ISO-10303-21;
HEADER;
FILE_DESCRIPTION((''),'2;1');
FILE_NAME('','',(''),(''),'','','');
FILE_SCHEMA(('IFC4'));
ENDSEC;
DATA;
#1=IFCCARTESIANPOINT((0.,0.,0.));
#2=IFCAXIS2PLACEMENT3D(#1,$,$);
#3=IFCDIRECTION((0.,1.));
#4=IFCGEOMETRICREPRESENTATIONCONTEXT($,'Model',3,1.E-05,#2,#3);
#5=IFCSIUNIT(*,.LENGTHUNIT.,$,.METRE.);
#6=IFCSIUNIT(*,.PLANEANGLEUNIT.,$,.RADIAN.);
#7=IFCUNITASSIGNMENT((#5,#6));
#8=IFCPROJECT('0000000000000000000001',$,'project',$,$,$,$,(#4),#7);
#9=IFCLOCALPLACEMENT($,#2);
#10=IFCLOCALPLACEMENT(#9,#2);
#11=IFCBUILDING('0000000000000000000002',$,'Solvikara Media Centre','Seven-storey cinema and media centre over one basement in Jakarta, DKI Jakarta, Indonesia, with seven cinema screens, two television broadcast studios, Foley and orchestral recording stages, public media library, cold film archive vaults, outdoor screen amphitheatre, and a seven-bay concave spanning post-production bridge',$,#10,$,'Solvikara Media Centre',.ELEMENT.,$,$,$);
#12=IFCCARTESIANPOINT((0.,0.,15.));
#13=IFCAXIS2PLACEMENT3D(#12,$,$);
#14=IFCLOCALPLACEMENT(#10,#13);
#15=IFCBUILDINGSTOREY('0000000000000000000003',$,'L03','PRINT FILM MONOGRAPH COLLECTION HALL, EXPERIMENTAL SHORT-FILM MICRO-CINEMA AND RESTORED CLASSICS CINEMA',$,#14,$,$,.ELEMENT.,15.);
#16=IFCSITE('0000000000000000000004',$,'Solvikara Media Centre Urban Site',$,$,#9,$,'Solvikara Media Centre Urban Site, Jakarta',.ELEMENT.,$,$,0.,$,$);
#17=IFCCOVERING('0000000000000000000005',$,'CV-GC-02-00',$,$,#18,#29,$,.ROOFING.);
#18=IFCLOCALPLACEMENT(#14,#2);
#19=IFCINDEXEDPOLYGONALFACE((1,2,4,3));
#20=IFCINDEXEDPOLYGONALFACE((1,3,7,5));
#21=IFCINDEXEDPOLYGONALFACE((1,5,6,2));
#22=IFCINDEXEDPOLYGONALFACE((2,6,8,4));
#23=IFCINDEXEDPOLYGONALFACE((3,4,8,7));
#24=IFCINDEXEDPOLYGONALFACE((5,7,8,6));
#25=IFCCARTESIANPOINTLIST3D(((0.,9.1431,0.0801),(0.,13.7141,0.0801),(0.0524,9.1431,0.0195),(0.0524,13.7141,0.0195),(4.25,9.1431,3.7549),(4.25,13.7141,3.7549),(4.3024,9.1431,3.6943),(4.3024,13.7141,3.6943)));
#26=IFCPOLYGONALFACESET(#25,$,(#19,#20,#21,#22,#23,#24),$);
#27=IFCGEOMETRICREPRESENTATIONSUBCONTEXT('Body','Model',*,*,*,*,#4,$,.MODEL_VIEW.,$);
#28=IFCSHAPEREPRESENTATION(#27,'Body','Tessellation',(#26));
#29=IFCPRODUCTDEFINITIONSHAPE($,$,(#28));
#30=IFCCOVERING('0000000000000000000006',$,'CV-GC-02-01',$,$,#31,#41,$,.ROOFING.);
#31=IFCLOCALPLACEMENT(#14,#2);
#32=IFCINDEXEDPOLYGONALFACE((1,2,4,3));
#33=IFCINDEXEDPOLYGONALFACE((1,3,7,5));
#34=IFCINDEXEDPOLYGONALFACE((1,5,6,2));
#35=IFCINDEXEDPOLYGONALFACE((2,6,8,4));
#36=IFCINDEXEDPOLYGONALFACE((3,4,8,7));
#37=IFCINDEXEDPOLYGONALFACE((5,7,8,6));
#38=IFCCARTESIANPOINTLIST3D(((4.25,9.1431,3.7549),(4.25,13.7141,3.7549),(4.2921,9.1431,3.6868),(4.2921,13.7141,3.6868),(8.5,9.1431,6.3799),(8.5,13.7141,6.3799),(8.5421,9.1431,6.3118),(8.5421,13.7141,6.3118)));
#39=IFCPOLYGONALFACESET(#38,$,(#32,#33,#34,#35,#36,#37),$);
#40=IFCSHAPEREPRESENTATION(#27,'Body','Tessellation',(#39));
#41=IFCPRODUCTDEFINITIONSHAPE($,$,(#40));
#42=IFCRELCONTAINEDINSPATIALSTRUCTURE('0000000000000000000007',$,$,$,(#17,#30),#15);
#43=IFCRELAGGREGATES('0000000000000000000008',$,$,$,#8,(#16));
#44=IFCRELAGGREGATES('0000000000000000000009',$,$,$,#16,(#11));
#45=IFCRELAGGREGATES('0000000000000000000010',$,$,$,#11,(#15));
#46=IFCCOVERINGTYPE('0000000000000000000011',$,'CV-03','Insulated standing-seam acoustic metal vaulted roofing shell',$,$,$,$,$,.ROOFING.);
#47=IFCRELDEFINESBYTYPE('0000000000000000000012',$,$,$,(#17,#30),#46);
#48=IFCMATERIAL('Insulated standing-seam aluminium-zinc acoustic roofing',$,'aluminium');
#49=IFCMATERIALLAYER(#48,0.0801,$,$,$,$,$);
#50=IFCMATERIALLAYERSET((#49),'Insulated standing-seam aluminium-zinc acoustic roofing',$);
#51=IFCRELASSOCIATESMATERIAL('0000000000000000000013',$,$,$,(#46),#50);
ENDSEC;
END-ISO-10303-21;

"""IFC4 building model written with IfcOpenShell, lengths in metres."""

from ifc_helpers import new_model, si_unit, direction, frame, origin, place, context, subcontext, project, spatial, polyline, outline, extrude, material, layer, layer_set, type_object, element, save


model = new_model("IFC4")

# Units and contexts
model_context = context("Model", 3, precision=1e-05, world=origin(), true_north=direction((0.0, 1.0)))
body_context = subcontext(model_context, "Body", "Model", "MODEL_VIEW")
ifc_project = project(units=[si_unit("LENGTHUNIT", "METRE"), si_unit("PLANEANGLEUNIT", "RADIAN")], contexts=[model_context])

# Site, building, storey
site_placement = place(None, origin())
site = spatial("IfcSite", under=ifc_project, at=site_placement, Name="Solvikara Media Centre Urban Site", LongName="Solvikara Media Centre Urban Site, Jakarta", CompositionType="ELEMENT", RefElevation=0.0)
building_placement = place(site_placement, origin())
building = spatial("IfcBuilding", under=site, at=building_placement, Name="Solvikara Media Centre", Description="Seven-storey cinema and media centre over one basement in Jakarta, DKI Jakarta, Indonesia, with seven cinema screens, two television broadcast studios, Foley and orchestral recording stages, public media library, cold film archive vaults, outdoor screen amphitheatre, and a seven-bay concave spanning post-production bridge", LongName="Solvikara Media Centre", CompositionType="ELEMENT")
storey_placement = place(building_placement, frame((0.0, 0.0, 15.0)))
storey = spatial("IfcBuildingStorey", under=building, at=storey_placement, Name="L03", Description="PRINT FILM MONOGRAPH COLLECTION HALL, EXPERIMENTAL SHORT-FILM MICRO-CINEMA AND RESTORED CLASSICS CINEMA", CompositionType="ELEMENT", Elevation=15.0)

# Shared definitions
ifc_material_1 = material(Name="Insulated standing-seam aluminium-zinc acoustic roofing", Category="aluminium")

# Coverings
ifc_layer_1 = layer(ifc_material_1, 0.0801)
ifc_layer_set_1 = layer_set([ifc_layer_1], Name="Insulated standing-seam aluminium-zinc acoustic roofing")
covering_type = type_object("IfcCoveringType", Name="CV-03", Description="Insulated standing-seam acoustic metal vaulted roofing shell", PredefinedType="ROOFING", material=ifc_layer_set_1)
covering_1_placement = place(storey_placement, frame((0.0, 9.1431, 0.0801), z_axis=(-0.654063, 0.0, 0.75644), x_axis=(0.75644, 0.0, 0.654063)))
element("IfcCovering", 1, at=covering_1_placement, inside=storey, type_object=covering_type, Name="CV-GC-02-00", PredefinedType="ROOFING", context=body_context, shape_type="SweptSolid", body=[
    extrude(outline(polyline([(0.0, 0.0), (5.6184, 0.0), (5.6184, 4.571), (0.0, 4.571), (0.0, 0.0)])), origin(), (0.0, 0.0, -1.0), 0.0801),
])
covering_2_placement = place(storey_placement, frame((4.25, 9.1431, 3.7549), z_axis=(-0.525493, 0.0, 0.850798), x_axis=(0.850798, 0.0, 0.525493)))
element("IfcCovering", 2, at=covering_2_placement, inside=storey, type_object=covering_type, Name="CV-GC-02-01", PredefinedType="ROOFING", context=body_context, shape_type="SweptSolid", body=[
    extrude(outline(polyline([(0.0, 0.0), (4.9953, 0.0), (4.9953, 4.571), (0.0, 4.571), (0.0, 0.0)])), origin(), (0.0, 0.0, -1.0), 0.0801),
])

save(model, "model.ifc")
